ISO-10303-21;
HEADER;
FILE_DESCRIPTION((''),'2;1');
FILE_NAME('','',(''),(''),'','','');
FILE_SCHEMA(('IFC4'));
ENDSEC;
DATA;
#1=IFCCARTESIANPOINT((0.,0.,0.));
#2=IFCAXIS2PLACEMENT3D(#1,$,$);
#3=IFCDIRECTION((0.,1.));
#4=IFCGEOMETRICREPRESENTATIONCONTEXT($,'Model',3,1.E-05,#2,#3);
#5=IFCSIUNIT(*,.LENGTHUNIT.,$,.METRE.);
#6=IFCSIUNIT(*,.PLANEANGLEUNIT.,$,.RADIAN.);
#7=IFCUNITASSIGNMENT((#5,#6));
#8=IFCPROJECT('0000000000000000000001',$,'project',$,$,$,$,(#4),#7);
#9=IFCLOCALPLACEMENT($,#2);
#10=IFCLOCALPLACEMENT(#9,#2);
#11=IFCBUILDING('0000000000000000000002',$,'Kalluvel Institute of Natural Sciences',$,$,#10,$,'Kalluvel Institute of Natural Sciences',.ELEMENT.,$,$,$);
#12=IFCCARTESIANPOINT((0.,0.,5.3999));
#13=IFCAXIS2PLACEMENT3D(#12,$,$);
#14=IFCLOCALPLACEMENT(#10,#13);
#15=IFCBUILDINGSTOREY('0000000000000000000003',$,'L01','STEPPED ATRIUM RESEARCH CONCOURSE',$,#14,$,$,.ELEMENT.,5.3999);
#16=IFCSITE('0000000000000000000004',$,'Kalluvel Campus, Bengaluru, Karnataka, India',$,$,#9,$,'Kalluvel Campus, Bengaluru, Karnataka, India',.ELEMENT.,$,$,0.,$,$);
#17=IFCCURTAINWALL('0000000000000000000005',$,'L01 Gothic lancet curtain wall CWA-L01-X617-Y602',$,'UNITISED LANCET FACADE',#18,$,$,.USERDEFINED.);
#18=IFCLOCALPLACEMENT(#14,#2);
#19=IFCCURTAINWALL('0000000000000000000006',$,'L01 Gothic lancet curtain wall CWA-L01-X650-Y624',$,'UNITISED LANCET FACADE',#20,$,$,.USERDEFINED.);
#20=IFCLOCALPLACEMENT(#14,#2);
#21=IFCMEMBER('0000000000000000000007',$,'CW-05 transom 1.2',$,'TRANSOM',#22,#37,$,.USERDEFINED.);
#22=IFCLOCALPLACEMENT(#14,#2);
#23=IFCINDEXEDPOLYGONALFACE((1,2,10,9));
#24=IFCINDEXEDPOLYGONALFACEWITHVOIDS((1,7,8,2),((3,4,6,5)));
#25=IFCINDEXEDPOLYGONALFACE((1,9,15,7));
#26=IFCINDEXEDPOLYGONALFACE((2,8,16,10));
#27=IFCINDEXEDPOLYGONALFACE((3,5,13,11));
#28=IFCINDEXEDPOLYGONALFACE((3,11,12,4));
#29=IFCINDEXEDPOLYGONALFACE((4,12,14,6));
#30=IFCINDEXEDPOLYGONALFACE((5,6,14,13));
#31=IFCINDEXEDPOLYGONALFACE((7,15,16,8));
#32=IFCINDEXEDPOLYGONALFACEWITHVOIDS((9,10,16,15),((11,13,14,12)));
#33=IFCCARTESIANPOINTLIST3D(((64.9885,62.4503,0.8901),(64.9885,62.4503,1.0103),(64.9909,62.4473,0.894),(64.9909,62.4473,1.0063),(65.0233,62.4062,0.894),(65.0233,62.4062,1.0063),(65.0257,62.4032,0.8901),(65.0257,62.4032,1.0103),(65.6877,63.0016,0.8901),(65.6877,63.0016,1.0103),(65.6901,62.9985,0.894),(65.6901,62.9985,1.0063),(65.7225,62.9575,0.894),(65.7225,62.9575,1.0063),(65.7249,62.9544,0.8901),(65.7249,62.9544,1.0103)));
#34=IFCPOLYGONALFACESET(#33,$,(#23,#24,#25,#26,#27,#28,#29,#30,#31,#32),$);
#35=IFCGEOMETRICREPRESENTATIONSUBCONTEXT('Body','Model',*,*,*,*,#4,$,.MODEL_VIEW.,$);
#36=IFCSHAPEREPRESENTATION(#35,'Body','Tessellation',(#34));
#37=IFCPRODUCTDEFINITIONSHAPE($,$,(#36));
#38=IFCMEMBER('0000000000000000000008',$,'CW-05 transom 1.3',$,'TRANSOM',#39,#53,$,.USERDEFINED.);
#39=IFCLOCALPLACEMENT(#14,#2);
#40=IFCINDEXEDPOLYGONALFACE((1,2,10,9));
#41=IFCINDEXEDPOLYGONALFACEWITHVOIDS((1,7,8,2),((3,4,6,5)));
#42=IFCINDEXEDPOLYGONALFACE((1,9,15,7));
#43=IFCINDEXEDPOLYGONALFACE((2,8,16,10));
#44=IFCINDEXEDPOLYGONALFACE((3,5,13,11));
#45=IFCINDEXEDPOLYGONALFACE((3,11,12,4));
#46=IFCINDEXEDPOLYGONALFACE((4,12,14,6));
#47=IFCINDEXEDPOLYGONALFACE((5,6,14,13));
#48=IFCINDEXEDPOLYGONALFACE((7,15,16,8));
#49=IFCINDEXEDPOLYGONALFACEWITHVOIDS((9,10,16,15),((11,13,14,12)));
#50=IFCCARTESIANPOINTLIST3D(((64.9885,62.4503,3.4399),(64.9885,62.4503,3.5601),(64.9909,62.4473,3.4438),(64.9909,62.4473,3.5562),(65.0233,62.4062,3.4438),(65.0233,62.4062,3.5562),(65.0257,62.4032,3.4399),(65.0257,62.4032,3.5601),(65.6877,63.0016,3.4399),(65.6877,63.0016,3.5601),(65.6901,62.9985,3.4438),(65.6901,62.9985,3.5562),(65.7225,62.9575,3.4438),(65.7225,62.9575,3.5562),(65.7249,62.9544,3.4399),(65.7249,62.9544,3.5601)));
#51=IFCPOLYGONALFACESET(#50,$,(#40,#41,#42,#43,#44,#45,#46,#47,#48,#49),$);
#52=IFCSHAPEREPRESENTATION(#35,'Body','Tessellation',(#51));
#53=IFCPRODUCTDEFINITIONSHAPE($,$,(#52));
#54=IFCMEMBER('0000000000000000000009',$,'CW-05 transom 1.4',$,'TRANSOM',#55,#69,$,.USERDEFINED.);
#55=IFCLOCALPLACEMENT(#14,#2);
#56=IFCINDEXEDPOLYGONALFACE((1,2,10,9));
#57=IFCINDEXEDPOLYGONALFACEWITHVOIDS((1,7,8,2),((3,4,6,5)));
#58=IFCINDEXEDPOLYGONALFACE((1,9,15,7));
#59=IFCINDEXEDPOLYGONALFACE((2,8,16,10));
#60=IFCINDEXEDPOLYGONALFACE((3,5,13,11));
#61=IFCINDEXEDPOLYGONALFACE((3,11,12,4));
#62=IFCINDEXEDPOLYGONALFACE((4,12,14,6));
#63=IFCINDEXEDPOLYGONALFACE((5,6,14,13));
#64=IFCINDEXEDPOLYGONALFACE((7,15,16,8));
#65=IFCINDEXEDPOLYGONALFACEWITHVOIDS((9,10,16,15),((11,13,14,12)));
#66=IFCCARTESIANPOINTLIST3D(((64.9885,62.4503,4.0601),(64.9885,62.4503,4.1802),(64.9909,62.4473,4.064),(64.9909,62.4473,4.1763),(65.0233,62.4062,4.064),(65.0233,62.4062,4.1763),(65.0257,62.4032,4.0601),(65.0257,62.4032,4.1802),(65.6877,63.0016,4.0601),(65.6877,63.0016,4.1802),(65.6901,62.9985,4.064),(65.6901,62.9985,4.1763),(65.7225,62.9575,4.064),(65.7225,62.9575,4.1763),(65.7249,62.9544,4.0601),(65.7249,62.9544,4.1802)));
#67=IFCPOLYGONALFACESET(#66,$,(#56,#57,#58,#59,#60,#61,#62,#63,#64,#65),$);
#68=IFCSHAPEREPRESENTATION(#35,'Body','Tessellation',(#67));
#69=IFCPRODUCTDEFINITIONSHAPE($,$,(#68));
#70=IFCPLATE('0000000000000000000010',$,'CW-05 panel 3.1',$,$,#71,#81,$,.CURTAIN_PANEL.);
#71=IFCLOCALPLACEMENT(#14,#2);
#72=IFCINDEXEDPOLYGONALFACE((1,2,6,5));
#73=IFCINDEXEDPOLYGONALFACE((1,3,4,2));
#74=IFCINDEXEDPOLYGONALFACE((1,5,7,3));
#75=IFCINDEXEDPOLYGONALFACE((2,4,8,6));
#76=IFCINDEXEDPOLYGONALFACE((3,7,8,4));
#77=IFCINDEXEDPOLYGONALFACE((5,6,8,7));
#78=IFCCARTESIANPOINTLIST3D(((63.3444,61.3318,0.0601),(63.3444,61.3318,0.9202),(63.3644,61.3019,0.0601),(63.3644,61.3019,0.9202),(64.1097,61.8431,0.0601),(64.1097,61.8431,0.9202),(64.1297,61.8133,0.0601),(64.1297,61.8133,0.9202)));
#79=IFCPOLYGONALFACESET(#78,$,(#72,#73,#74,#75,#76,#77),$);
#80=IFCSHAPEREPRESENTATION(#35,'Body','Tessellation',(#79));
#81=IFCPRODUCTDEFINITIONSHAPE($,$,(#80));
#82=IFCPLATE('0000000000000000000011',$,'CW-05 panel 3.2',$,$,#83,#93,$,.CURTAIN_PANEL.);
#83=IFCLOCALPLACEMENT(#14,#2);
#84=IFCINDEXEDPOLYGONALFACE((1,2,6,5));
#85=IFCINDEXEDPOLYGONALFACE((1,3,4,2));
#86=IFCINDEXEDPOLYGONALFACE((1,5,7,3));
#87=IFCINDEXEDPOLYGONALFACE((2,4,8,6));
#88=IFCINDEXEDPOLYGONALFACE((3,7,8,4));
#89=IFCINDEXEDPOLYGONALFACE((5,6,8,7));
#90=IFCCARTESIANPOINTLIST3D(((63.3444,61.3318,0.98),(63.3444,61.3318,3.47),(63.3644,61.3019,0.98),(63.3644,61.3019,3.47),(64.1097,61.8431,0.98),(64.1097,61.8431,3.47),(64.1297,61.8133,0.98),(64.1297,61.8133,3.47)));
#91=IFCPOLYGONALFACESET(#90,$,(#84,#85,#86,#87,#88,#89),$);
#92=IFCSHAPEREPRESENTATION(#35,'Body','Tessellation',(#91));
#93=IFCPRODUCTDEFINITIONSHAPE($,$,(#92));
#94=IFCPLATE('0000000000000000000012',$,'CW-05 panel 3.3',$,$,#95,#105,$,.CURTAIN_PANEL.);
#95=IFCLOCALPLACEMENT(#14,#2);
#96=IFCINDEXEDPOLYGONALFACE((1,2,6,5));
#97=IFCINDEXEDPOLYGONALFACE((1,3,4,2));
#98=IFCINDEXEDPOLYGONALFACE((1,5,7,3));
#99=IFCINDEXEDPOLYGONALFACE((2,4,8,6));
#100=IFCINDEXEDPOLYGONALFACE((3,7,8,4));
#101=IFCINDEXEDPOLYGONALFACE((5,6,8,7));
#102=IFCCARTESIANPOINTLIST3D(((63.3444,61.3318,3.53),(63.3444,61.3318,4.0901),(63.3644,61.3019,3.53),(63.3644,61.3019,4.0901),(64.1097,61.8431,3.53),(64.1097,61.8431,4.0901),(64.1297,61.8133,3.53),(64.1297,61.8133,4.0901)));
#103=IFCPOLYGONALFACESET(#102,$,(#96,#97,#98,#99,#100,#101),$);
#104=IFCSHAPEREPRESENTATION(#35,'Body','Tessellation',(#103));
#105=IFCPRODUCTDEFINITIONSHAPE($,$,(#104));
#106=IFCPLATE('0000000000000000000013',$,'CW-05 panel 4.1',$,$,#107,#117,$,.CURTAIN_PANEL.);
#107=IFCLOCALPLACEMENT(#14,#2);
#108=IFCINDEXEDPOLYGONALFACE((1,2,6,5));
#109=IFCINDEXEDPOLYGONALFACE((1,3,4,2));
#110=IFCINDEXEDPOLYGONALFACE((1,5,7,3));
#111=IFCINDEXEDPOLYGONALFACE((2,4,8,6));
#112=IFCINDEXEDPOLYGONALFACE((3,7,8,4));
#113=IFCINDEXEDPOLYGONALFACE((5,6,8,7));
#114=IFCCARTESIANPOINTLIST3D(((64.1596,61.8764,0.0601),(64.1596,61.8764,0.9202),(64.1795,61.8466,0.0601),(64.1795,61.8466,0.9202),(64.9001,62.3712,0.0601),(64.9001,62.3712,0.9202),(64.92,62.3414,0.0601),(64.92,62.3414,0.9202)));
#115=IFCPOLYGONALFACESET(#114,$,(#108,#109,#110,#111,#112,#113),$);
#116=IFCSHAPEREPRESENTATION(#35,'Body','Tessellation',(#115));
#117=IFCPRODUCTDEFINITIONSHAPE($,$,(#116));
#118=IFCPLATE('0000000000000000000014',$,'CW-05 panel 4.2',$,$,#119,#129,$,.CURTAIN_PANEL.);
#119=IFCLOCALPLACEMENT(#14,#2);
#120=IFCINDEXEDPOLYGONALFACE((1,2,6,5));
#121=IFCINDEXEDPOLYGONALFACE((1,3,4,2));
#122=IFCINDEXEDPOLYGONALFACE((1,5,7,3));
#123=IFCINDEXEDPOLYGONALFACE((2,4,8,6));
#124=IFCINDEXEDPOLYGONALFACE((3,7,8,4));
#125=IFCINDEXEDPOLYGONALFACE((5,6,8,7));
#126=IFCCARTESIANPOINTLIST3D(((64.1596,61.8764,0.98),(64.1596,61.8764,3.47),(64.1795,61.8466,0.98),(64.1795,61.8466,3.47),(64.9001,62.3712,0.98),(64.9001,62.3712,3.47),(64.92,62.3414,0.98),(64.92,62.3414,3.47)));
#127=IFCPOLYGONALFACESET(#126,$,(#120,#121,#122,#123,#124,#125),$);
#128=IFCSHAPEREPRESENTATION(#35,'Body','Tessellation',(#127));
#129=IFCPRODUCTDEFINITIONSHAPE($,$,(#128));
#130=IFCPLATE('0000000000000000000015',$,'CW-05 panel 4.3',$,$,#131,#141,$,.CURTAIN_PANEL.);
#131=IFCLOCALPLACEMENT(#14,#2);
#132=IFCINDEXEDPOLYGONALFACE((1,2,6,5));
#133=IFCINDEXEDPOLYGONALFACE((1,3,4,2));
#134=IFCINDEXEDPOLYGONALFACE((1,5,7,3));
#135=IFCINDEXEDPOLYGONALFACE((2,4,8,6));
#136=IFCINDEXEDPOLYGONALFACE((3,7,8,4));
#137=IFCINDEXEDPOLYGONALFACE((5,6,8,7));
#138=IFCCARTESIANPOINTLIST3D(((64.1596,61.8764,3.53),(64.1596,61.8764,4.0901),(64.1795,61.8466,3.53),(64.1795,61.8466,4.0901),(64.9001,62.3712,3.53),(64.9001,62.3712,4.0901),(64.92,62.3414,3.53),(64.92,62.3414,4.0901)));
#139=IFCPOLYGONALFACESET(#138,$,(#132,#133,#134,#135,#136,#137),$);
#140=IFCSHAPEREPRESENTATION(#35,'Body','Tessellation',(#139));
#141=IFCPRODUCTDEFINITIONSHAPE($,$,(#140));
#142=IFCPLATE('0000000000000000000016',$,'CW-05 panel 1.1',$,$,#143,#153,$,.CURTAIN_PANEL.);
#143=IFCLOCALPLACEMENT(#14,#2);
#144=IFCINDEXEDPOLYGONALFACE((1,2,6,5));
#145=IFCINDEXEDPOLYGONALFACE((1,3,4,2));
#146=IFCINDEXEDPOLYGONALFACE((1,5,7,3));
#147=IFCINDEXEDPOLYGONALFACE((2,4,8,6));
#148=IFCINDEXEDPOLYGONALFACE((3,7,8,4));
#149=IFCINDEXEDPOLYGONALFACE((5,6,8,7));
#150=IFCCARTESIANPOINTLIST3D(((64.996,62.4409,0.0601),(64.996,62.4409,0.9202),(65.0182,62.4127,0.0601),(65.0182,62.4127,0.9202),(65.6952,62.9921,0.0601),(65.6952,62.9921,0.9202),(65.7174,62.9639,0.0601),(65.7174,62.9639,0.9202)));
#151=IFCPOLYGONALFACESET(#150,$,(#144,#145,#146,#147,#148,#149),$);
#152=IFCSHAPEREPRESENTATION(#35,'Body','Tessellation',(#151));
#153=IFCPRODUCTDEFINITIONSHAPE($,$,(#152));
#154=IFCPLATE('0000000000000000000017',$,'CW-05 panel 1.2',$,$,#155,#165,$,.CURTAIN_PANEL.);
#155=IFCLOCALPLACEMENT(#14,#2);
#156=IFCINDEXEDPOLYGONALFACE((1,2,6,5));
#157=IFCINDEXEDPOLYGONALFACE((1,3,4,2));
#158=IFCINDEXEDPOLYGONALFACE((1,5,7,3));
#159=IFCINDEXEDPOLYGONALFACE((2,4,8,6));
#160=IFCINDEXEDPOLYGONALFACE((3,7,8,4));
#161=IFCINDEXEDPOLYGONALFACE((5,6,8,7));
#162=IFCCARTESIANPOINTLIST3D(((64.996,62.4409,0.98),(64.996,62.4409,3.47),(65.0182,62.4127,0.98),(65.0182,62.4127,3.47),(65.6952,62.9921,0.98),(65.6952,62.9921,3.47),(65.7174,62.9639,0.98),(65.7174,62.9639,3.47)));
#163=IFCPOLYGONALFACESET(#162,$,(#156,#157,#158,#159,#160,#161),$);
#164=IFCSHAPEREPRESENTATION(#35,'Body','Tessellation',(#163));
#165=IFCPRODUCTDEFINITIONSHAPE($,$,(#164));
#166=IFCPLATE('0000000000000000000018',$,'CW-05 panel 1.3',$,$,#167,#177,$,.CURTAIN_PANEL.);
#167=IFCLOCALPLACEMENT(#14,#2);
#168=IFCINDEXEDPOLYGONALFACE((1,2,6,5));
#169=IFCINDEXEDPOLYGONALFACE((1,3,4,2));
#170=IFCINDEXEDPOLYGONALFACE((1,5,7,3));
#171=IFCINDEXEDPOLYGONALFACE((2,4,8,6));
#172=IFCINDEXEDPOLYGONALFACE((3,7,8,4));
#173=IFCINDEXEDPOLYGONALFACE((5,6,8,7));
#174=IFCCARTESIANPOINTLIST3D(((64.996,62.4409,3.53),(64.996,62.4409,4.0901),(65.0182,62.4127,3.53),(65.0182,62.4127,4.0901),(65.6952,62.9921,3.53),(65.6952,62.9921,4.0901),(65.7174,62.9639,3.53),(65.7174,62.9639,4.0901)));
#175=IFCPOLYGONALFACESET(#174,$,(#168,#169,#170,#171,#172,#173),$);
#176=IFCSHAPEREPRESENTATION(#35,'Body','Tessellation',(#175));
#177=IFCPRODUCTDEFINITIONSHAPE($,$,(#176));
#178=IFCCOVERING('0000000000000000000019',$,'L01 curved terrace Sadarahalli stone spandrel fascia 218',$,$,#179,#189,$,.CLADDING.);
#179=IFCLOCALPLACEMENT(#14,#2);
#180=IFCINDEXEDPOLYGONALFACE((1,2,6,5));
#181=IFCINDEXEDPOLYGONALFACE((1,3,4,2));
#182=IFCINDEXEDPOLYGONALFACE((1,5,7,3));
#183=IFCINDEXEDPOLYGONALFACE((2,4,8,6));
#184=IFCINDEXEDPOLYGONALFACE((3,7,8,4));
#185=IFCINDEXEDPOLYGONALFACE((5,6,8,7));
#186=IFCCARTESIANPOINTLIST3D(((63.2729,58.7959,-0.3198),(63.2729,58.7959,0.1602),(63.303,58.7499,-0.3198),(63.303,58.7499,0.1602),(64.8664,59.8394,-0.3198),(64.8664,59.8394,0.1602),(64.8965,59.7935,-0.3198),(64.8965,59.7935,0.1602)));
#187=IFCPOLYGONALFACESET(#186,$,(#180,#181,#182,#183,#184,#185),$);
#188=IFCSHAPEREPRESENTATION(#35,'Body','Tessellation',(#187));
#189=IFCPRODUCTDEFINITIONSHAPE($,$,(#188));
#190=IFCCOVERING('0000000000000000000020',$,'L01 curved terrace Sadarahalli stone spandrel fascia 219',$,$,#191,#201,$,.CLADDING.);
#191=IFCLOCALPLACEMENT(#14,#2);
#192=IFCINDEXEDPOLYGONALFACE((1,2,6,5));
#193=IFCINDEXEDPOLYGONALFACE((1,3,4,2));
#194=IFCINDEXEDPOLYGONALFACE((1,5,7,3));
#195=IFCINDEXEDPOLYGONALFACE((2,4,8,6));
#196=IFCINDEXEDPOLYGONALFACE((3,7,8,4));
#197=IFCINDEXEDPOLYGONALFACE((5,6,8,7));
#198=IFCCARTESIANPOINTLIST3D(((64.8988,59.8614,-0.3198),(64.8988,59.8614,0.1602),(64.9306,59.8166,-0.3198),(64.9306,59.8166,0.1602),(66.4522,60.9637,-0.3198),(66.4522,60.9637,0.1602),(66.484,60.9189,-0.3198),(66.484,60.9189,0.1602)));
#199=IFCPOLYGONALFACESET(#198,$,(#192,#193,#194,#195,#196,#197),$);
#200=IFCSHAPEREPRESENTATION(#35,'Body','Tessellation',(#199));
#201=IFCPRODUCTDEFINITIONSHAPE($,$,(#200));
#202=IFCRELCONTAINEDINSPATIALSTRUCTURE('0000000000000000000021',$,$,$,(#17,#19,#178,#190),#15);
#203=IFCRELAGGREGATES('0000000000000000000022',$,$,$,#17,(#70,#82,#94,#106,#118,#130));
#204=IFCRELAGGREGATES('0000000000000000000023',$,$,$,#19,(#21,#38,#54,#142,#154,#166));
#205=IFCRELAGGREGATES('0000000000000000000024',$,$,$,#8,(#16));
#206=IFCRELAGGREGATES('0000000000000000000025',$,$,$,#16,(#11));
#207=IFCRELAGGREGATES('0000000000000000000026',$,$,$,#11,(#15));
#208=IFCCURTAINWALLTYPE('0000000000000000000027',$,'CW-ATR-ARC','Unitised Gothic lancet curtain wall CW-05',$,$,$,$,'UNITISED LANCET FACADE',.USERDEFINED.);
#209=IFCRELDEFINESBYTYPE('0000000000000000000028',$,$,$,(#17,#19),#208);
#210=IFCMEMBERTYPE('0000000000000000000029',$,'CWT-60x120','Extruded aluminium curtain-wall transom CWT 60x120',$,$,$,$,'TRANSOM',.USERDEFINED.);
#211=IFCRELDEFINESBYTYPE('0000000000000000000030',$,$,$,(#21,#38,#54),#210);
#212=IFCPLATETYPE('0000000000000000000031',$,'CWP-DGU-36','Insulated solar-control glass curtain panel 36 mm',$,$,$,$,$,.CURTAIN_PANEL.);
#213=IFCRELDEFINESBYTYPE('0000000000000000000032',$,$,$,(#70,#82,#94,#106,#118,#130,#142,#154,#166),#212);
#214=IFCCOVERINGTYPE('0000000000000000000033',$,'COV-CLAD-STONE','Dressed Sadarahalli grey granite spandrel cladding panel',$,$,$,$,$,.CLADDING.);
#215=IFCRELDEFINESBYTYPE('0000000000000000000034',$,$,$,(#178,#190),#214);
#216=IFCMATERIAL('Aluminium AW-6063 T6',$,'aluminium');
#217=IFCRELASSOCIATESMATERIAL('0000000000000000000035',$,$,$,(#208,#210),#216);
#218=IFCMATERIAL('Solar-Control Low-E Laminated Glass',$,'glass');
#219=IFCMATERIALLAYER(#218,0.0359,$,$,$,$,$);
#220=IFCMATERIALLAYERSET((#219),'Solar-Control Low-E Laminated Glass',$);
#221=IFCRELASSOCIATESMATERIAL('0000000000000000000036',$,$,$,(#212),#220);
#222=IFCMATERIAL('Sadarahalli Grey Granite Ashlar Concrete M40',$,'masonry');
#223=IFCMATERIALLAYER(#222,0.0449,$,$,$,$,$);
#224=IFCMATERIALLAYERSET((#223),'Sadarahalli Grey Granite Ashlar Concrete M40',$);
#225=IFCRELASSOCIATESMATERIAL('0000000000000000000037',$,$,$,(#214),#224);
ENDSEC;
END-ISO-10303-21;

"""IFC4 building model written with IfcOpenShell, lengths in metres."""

from ifc_helpers import new_model, si_unit, direction, frame, origin, origin_2d, place, context, subcontext, project, spatial, rectangle, hollow_rectangle, extrude, material, layer, layer_set, material_profile, profile_set, type_object, element, aggregate, save


model = new_model("IFC4")

# Units and contexts
model_context = context("Model", 3, precision=1e-05, world=origin(), true_north=direction((0.0, 1.0)))
body_context = subcontext(model_context, "Body", "Model", "MODEL_VIEW")
ifc_project = project(units=[si_unit("LENGTHUNIT", "METRE"), si_unit("PLANEANGLEUNIT", "RADIAN")], contexts=[model_context])

# Site, building, storey
site_placement = place(None, origin())
site = spatial("IfcSite", under=ifc_project, at=site_placement, Name="Kalluvel Campus, Bengaluru, Karnataka, India", LongName="Kalluvel Campus, Bengaluru, Karnataka, India", CompositionType="ELEMENT", RefElevation=0.0)
building_placement = place(site_placement, origin())
building = spatial("IfcBuilding", under=site, at=building_placement, Name="Kalluvel Institute of Natural Sciences", LongName="Kalluvel Institute of Natural Sciences", CompositionType="ELEMENT")
storey_placement = place(building_placement, frame((0.0, 0.0, 5.3999)))
storey = spatial("IfcBuildingStorey", under=building, at=storey_placement, Name="L01", Description="STEPPED ATRIUM RESEARCH CONCOURSE", CompositionType="ELEMENT", Elevation=5.3999)

# Curtain wall
ifc_material_1 = material(Name="Aluminium AW-6063 T6", Category="aluminium")
curtain_wall_type = type_object("IfcCurtainWallType", Name="CW-ATR-ARC", Description="Unitised Gothic lancet curtain wall CW-05", ElementType="UNITISED LANCET FACADE", PredefinedType="USERDEFINED", material=ifc_material_1)
curtain_wall_1_placement = place(storey_placement, origin())
curtain_wall_1 = element("IfcCurtainWall", 1, at=curtain_wall_1_placement, inside=storey, type_object=curtain_wall_type, Name="L01 Gothic lancet curtain wall CWA-L01-X617-Y602", ObjectType="UNITISED LANCET FACADE", PredefinedType="USERDEFINED")

# Curtain wall
curtain_wall_2_placement = place(storey_placement, origin())
curtain_wall_2 = element("IfcCurtainWall", 2, at=curtain_wall_2_placement, inside=storey, type_object=curtain_wall_type, Name="L01 Gothic lancet curtain wall CWA-L01-X650-Y624", ObjectType="UNITISED LANCET FACADE", PredefinedType="USERDEFINED")

# Members
ifc_material_profile_1 = material_profile(ifc_material_1, hollow_rectangle(XDim=0.0601, YDim=0.1201, WallThickness=0.0039, at=origin_2d()), Name="CWT 60x120")
ifc_profile_set_1 = profile_set([ifc_material_profile_1], Name="Aluminium AW-6063 T6")
member_type_1 = type_object("IfcMemberType", Name="CWT-60x120", Description="Extruded aluminium curtain-wall transom CWT 60x120", ElementType="TRANSOM", PredefinedType="USERDEFINED", material=ifc_profile_set_1)
member_1_placement = place(storey_placement, frame((65.0071, 62.4268, 0.9502), z_axis=(0.78529, 0.619129, 0.0), x_axis=(-0.619129, 0.78529, 0.0)))
member_1 = element("IfcMember", 3, at=member_1_placement, type_object=member_type_1, Name="CW-05 transom 1.2", ObjectType="TRANSOM", PredefinedType="USERDEFINED", context=body_context, shape_type="SweptSolid", body=[
    extrude(hollow_rectangle(XDim=0.0601, YDim=0.1201, WallThickness=0.0039, at=origin_2d()), origin(), (0.0, 0.0, 1.0), 0.8904),
])
member_2_placement = place(storey_placement, frame((65.0071, 62.4268, 3.5), z_axis=(0.78529, 0.619129, 0.0), x_axis=(-0.619129, 0.78529, 0.0)))
member_2 = element("IfcMember", 4, at=member_2_placement, type_object=member_type_1, Name="CW-05 transom 1.3", ObjectType="TRANSOM", PredefinedType="USERDEFINED", context=body_context, shape_type="SweptSolid", body=[
    extrude(hollow_rectangle(XDim=0.0601, YDim=0.1201, WallThickness=0.0039, at=origin_2d()), origin(), (0.0, 0.0, 1.0), 0.8904),
])
member_3_placement = place(storey_placement, frame((65.0071, 62.4268, 4.1201), z_axis=(0.78529, 0.619129, 0.0), x_axis=(-0.619129, 0.78529, 0.0)))
member_3 = element("IfcMember", 5, at=member_3_placement, type_object=member_type_1, Name="CW-05 transom 1.4", ObjectType="TRANSOM", PredefinedType="USERDEFINED", context=body_context, shape_type="SweptSolid", body=[
    extrude(hollow_rectangle(XDim=0.0601, YDim=0.1201, WallThickness=0.0039, at=origin_2d()), origin(), (0.0, 0.0, 1.0), 0.8904),
])

# Plates
ifc_material_2 = material(Name="Solar-Control Low-E Laminated Glass", Category="glass")
ifc_layer_1 = layer(ifc_material_2, 0.0359)
ifc_layer_set_1 = layer_set([ifc_layer_1], Name="Solar-Control Low-E Laminated Glass")
plate_type = type_object("IfcPlateType", Name="CWP-DGU-36", Description="Insulated solar-control glass curtain panel 36 mm", PredefinedType="CURTAIN_PANEL", material=ifc_layer_set_1)
plate_1_placement = place(storey_placement, frame((63.7371, 61.5725, 0.0601), z_axis=(0.0, 0.0, 1.0), x_axis=(0.831469, 0.555571, 0.0)))
plate_1 = element("IfcPlate", 6, at=plate_1_placement, type_object=plate_type, Name="CW-05 panel 3.1", PredefinedType="CURTAIN_PANEL", context=body_context, shape_type="SweptSolid", body=[
    extrude(rectangle(XDim=0.9204, YDim=0.0359, at=origin_2d()), origin(), (0.0, 0.0, 1.0), 0.8601),
])
plate_2_placement = place(storey_placement, frame((63.7371, 61.5725, 0.98), z_axis=(0.0, 0.0, 1.0), x_axis=(0.831469, 0.555571, 0.0)))
plate_2 = element("IfcPlate", 7, at=plate_2_placement, type_object=plate_type, Name="CW-05 panel 3.2", PredefinedType="CURTAIN_PANEL", context=body_context, shape_type="SweptSolid", body=[
    extrude(rectangle(XDim=0.9204, YDim=0.0359, at=origin_2d()), origin(), (0.0, 0.0, 1.0), 2.49),
])
plate_3_placement = place(storey_placement, frame((63.7371, 61.5725, 3.53), z_axis=(0.0, 0.0, 1.0), x_axis=(0.831469, 0.555571, 0.0)))
plate_3 = element("IfcPlate", 8, at=plate_3_placement, type_object=plate_type, Name="CW-05 panel 3.3", PredefinedType="CURTAIN_PANEL", context=body_context, shape_type="SweptSolid", body=[
    extrude(rectangle(XDim=0.9204, YDim=0.0359, at=origin_2d()), origin(), (0.0, 0.0, 1.0), 0.5601),
])
plate_4_placement = place(storey_placement, frame((64.5398, 62.1089, 0.0601), z_axis=(0.0, 0.0, 1.0), x_axis=(0.831469, 0.555571, 0.0)))
plate_4 = element("IfcPlate", 9, at=plate_4_placement, type_object=plate_type, Name="CW-05 panel 4.1", PredefinedType="CURTAIN_PANEL", context=body_context, shape_type="SweptSolid", body=[
    extrude(rectangle(XDim=0.8906, YDim=0.0359, at=origin_2d()), origin(), (0.0, 0.0, 1.0), 0.8601),
])
plate_5_placement = place(storey_placement, frame((64.5398, 62.1089, 0.98), z_axis=(0.0, 0.0, 1.0), x_axis=(0.831469, 0.555571, 0.0)))
plate_5 = element("IfcPlate", 10, at=plate_5_placement, type_object=plate_type, Name="CW-05 panel 4.2", PredefinedType="CURTAIN_PANEL", context=body_context, shape_type="SweptSolid", body=[
    extrude(rectangle(XDim=0.8906, YDim=0.0359, at=origin_2d()), origin(), (0.0, 0.0, 1.0), 2.49),
])
plate_6_placement = place(storey_placement, frame((64.5398, 62.1089, 3.53), z_axis=(0.0, 0.0, 1.0), x_axis=(0.831469, 0.555571, 0.0)))
plate_6 = element("IfcPlate", 11, at=plate_6_placement, type_object=plate_type, Name="CW-05 panel 4.3", PredefinedType="CURTAIN_PANEL", context=body_context, shape_type="SweptSolid", body=[
    extrude(rectangle(XDim=0.8906, YDim=0.0359, at=origin_2d()), origin(), (0.0, 0.0, 1.0), 0.5601),
])
aggregate(curtain_wall_1, [plate_1, plate_2, plate_3, plate_4, plate_5, plate_6])
plate_7_placement = place(storey_placement, frame((65.3567, 62.7024, 0.0601), z_axis=(0.0, 0.0, 1.0), x_axis=(0.785314, 0.619098, 0.0)))
plate_7 = element("IfcPlate", 12, at=plate_7_placement, type_object=plate_type, Name="CW-05 panel 1.1", PredefinedType="CURTAIN_PANEL", context=body_context, shape_type="SweptSolid", body=[
    extrude(rectangle(XDim=0.8904, YDim=0.0359, at=origin_2d()), origin(), (0.0, 0.0, 1.0), 0.8601),
])
plate_8_placement = place(storey_placement, frame((65.3567, 62.7024, 0.98), z_axis=(0.0, 0.0, 1.0), x_axis=(0.785314, 0.619098, 0.0)))
plate_8 = element("IfcPlate", 13, at=plate_8_placement, type_object=plate_type, Name="CW-05 panel 1.2", PredefinedType="CURTAIN_PANEL", context=body_context, shape_type="SweptSolid", body=[
    extrude(rectangle(XDim=0.8904, YDim=0.0359, at=origin_2d()), origin(), (0.0, 0.0, 1.0), 2.49),
])
plate_9_placement = place(storey_placement, frame((65.3567, 62.7024, 3.53), z_axis=(0.0, 0.0, 1.0), x_axis=(0.785314, 0.619098, 0.0)))
plate_9 = element("IfcPlate", 14, at=plate_9_placement, type_object=plate_type, Name="CW-05 panel 1.3", PredefinedType="CURTAIN_PANEL", context=body_context, shape_type="SweptSolid", body=[
    extrude(rectangle(XDim=0.8904, YDim=0.0359, at=origin_2d()), origin(), (0.0, 0.0, 1.0), 0.5601),
])
aggregate(curtain_wall_2, [member_1, member_2, member_3, plate_7, plate_8, plate_9])

# Coverings
ifc_material_3 = material(Name="Sadarahalli Grey Granite Ashlar Concrete M40", Category="masonry")
ifc_layer_2 = layer(ifc_material_3, 0.0449)
ifc_layer_set_2 = layer_set([ifc_layer_2], Name="Sadarahalli Grey Granite Ashlar Concrete M40")
covering_type = type_object("IfcCoveringType", Name="COV-CLAD-STONE", Description="Dressed Sadarahalli grey granite spandrel cladding panel", PredefinedType="CLADDING", material=ifc_layer_set_2)
for number, where, z_axis, x_axis, name in (
    (15, (64.0847, 59.2947, -0.3198), (0.0, 0.0, 1.0), (0.836573, 0.547855, 0.0), "L01 curved terrace Sadarahalli stone spandrel fascia 218"),
    (16, (65.6914, 60.3901, -0.3198), (0.0, 0.0, 1.0), (0.815532, 0.578712, 0.0), "L01 curved terrace Sadarahalli stone spandrel fascia 219"),
):
    element("IfcCovering", number, at=place(storey_placement, frame(where, z_axis=z_axis, x_axis=x_axis)), inside=storey, type_object=covering_type, Name=name, PredefinedType="CLADDING", context=body_context, shape_type="SweptSolid", body=[
        extrude(rectangle(XDim=1.9048, YDim=0.0549, at=origin_2d()), origin(), (0.0, 0.0, 1.0), 0.48),
    ])

save(model, "model.ifc")
